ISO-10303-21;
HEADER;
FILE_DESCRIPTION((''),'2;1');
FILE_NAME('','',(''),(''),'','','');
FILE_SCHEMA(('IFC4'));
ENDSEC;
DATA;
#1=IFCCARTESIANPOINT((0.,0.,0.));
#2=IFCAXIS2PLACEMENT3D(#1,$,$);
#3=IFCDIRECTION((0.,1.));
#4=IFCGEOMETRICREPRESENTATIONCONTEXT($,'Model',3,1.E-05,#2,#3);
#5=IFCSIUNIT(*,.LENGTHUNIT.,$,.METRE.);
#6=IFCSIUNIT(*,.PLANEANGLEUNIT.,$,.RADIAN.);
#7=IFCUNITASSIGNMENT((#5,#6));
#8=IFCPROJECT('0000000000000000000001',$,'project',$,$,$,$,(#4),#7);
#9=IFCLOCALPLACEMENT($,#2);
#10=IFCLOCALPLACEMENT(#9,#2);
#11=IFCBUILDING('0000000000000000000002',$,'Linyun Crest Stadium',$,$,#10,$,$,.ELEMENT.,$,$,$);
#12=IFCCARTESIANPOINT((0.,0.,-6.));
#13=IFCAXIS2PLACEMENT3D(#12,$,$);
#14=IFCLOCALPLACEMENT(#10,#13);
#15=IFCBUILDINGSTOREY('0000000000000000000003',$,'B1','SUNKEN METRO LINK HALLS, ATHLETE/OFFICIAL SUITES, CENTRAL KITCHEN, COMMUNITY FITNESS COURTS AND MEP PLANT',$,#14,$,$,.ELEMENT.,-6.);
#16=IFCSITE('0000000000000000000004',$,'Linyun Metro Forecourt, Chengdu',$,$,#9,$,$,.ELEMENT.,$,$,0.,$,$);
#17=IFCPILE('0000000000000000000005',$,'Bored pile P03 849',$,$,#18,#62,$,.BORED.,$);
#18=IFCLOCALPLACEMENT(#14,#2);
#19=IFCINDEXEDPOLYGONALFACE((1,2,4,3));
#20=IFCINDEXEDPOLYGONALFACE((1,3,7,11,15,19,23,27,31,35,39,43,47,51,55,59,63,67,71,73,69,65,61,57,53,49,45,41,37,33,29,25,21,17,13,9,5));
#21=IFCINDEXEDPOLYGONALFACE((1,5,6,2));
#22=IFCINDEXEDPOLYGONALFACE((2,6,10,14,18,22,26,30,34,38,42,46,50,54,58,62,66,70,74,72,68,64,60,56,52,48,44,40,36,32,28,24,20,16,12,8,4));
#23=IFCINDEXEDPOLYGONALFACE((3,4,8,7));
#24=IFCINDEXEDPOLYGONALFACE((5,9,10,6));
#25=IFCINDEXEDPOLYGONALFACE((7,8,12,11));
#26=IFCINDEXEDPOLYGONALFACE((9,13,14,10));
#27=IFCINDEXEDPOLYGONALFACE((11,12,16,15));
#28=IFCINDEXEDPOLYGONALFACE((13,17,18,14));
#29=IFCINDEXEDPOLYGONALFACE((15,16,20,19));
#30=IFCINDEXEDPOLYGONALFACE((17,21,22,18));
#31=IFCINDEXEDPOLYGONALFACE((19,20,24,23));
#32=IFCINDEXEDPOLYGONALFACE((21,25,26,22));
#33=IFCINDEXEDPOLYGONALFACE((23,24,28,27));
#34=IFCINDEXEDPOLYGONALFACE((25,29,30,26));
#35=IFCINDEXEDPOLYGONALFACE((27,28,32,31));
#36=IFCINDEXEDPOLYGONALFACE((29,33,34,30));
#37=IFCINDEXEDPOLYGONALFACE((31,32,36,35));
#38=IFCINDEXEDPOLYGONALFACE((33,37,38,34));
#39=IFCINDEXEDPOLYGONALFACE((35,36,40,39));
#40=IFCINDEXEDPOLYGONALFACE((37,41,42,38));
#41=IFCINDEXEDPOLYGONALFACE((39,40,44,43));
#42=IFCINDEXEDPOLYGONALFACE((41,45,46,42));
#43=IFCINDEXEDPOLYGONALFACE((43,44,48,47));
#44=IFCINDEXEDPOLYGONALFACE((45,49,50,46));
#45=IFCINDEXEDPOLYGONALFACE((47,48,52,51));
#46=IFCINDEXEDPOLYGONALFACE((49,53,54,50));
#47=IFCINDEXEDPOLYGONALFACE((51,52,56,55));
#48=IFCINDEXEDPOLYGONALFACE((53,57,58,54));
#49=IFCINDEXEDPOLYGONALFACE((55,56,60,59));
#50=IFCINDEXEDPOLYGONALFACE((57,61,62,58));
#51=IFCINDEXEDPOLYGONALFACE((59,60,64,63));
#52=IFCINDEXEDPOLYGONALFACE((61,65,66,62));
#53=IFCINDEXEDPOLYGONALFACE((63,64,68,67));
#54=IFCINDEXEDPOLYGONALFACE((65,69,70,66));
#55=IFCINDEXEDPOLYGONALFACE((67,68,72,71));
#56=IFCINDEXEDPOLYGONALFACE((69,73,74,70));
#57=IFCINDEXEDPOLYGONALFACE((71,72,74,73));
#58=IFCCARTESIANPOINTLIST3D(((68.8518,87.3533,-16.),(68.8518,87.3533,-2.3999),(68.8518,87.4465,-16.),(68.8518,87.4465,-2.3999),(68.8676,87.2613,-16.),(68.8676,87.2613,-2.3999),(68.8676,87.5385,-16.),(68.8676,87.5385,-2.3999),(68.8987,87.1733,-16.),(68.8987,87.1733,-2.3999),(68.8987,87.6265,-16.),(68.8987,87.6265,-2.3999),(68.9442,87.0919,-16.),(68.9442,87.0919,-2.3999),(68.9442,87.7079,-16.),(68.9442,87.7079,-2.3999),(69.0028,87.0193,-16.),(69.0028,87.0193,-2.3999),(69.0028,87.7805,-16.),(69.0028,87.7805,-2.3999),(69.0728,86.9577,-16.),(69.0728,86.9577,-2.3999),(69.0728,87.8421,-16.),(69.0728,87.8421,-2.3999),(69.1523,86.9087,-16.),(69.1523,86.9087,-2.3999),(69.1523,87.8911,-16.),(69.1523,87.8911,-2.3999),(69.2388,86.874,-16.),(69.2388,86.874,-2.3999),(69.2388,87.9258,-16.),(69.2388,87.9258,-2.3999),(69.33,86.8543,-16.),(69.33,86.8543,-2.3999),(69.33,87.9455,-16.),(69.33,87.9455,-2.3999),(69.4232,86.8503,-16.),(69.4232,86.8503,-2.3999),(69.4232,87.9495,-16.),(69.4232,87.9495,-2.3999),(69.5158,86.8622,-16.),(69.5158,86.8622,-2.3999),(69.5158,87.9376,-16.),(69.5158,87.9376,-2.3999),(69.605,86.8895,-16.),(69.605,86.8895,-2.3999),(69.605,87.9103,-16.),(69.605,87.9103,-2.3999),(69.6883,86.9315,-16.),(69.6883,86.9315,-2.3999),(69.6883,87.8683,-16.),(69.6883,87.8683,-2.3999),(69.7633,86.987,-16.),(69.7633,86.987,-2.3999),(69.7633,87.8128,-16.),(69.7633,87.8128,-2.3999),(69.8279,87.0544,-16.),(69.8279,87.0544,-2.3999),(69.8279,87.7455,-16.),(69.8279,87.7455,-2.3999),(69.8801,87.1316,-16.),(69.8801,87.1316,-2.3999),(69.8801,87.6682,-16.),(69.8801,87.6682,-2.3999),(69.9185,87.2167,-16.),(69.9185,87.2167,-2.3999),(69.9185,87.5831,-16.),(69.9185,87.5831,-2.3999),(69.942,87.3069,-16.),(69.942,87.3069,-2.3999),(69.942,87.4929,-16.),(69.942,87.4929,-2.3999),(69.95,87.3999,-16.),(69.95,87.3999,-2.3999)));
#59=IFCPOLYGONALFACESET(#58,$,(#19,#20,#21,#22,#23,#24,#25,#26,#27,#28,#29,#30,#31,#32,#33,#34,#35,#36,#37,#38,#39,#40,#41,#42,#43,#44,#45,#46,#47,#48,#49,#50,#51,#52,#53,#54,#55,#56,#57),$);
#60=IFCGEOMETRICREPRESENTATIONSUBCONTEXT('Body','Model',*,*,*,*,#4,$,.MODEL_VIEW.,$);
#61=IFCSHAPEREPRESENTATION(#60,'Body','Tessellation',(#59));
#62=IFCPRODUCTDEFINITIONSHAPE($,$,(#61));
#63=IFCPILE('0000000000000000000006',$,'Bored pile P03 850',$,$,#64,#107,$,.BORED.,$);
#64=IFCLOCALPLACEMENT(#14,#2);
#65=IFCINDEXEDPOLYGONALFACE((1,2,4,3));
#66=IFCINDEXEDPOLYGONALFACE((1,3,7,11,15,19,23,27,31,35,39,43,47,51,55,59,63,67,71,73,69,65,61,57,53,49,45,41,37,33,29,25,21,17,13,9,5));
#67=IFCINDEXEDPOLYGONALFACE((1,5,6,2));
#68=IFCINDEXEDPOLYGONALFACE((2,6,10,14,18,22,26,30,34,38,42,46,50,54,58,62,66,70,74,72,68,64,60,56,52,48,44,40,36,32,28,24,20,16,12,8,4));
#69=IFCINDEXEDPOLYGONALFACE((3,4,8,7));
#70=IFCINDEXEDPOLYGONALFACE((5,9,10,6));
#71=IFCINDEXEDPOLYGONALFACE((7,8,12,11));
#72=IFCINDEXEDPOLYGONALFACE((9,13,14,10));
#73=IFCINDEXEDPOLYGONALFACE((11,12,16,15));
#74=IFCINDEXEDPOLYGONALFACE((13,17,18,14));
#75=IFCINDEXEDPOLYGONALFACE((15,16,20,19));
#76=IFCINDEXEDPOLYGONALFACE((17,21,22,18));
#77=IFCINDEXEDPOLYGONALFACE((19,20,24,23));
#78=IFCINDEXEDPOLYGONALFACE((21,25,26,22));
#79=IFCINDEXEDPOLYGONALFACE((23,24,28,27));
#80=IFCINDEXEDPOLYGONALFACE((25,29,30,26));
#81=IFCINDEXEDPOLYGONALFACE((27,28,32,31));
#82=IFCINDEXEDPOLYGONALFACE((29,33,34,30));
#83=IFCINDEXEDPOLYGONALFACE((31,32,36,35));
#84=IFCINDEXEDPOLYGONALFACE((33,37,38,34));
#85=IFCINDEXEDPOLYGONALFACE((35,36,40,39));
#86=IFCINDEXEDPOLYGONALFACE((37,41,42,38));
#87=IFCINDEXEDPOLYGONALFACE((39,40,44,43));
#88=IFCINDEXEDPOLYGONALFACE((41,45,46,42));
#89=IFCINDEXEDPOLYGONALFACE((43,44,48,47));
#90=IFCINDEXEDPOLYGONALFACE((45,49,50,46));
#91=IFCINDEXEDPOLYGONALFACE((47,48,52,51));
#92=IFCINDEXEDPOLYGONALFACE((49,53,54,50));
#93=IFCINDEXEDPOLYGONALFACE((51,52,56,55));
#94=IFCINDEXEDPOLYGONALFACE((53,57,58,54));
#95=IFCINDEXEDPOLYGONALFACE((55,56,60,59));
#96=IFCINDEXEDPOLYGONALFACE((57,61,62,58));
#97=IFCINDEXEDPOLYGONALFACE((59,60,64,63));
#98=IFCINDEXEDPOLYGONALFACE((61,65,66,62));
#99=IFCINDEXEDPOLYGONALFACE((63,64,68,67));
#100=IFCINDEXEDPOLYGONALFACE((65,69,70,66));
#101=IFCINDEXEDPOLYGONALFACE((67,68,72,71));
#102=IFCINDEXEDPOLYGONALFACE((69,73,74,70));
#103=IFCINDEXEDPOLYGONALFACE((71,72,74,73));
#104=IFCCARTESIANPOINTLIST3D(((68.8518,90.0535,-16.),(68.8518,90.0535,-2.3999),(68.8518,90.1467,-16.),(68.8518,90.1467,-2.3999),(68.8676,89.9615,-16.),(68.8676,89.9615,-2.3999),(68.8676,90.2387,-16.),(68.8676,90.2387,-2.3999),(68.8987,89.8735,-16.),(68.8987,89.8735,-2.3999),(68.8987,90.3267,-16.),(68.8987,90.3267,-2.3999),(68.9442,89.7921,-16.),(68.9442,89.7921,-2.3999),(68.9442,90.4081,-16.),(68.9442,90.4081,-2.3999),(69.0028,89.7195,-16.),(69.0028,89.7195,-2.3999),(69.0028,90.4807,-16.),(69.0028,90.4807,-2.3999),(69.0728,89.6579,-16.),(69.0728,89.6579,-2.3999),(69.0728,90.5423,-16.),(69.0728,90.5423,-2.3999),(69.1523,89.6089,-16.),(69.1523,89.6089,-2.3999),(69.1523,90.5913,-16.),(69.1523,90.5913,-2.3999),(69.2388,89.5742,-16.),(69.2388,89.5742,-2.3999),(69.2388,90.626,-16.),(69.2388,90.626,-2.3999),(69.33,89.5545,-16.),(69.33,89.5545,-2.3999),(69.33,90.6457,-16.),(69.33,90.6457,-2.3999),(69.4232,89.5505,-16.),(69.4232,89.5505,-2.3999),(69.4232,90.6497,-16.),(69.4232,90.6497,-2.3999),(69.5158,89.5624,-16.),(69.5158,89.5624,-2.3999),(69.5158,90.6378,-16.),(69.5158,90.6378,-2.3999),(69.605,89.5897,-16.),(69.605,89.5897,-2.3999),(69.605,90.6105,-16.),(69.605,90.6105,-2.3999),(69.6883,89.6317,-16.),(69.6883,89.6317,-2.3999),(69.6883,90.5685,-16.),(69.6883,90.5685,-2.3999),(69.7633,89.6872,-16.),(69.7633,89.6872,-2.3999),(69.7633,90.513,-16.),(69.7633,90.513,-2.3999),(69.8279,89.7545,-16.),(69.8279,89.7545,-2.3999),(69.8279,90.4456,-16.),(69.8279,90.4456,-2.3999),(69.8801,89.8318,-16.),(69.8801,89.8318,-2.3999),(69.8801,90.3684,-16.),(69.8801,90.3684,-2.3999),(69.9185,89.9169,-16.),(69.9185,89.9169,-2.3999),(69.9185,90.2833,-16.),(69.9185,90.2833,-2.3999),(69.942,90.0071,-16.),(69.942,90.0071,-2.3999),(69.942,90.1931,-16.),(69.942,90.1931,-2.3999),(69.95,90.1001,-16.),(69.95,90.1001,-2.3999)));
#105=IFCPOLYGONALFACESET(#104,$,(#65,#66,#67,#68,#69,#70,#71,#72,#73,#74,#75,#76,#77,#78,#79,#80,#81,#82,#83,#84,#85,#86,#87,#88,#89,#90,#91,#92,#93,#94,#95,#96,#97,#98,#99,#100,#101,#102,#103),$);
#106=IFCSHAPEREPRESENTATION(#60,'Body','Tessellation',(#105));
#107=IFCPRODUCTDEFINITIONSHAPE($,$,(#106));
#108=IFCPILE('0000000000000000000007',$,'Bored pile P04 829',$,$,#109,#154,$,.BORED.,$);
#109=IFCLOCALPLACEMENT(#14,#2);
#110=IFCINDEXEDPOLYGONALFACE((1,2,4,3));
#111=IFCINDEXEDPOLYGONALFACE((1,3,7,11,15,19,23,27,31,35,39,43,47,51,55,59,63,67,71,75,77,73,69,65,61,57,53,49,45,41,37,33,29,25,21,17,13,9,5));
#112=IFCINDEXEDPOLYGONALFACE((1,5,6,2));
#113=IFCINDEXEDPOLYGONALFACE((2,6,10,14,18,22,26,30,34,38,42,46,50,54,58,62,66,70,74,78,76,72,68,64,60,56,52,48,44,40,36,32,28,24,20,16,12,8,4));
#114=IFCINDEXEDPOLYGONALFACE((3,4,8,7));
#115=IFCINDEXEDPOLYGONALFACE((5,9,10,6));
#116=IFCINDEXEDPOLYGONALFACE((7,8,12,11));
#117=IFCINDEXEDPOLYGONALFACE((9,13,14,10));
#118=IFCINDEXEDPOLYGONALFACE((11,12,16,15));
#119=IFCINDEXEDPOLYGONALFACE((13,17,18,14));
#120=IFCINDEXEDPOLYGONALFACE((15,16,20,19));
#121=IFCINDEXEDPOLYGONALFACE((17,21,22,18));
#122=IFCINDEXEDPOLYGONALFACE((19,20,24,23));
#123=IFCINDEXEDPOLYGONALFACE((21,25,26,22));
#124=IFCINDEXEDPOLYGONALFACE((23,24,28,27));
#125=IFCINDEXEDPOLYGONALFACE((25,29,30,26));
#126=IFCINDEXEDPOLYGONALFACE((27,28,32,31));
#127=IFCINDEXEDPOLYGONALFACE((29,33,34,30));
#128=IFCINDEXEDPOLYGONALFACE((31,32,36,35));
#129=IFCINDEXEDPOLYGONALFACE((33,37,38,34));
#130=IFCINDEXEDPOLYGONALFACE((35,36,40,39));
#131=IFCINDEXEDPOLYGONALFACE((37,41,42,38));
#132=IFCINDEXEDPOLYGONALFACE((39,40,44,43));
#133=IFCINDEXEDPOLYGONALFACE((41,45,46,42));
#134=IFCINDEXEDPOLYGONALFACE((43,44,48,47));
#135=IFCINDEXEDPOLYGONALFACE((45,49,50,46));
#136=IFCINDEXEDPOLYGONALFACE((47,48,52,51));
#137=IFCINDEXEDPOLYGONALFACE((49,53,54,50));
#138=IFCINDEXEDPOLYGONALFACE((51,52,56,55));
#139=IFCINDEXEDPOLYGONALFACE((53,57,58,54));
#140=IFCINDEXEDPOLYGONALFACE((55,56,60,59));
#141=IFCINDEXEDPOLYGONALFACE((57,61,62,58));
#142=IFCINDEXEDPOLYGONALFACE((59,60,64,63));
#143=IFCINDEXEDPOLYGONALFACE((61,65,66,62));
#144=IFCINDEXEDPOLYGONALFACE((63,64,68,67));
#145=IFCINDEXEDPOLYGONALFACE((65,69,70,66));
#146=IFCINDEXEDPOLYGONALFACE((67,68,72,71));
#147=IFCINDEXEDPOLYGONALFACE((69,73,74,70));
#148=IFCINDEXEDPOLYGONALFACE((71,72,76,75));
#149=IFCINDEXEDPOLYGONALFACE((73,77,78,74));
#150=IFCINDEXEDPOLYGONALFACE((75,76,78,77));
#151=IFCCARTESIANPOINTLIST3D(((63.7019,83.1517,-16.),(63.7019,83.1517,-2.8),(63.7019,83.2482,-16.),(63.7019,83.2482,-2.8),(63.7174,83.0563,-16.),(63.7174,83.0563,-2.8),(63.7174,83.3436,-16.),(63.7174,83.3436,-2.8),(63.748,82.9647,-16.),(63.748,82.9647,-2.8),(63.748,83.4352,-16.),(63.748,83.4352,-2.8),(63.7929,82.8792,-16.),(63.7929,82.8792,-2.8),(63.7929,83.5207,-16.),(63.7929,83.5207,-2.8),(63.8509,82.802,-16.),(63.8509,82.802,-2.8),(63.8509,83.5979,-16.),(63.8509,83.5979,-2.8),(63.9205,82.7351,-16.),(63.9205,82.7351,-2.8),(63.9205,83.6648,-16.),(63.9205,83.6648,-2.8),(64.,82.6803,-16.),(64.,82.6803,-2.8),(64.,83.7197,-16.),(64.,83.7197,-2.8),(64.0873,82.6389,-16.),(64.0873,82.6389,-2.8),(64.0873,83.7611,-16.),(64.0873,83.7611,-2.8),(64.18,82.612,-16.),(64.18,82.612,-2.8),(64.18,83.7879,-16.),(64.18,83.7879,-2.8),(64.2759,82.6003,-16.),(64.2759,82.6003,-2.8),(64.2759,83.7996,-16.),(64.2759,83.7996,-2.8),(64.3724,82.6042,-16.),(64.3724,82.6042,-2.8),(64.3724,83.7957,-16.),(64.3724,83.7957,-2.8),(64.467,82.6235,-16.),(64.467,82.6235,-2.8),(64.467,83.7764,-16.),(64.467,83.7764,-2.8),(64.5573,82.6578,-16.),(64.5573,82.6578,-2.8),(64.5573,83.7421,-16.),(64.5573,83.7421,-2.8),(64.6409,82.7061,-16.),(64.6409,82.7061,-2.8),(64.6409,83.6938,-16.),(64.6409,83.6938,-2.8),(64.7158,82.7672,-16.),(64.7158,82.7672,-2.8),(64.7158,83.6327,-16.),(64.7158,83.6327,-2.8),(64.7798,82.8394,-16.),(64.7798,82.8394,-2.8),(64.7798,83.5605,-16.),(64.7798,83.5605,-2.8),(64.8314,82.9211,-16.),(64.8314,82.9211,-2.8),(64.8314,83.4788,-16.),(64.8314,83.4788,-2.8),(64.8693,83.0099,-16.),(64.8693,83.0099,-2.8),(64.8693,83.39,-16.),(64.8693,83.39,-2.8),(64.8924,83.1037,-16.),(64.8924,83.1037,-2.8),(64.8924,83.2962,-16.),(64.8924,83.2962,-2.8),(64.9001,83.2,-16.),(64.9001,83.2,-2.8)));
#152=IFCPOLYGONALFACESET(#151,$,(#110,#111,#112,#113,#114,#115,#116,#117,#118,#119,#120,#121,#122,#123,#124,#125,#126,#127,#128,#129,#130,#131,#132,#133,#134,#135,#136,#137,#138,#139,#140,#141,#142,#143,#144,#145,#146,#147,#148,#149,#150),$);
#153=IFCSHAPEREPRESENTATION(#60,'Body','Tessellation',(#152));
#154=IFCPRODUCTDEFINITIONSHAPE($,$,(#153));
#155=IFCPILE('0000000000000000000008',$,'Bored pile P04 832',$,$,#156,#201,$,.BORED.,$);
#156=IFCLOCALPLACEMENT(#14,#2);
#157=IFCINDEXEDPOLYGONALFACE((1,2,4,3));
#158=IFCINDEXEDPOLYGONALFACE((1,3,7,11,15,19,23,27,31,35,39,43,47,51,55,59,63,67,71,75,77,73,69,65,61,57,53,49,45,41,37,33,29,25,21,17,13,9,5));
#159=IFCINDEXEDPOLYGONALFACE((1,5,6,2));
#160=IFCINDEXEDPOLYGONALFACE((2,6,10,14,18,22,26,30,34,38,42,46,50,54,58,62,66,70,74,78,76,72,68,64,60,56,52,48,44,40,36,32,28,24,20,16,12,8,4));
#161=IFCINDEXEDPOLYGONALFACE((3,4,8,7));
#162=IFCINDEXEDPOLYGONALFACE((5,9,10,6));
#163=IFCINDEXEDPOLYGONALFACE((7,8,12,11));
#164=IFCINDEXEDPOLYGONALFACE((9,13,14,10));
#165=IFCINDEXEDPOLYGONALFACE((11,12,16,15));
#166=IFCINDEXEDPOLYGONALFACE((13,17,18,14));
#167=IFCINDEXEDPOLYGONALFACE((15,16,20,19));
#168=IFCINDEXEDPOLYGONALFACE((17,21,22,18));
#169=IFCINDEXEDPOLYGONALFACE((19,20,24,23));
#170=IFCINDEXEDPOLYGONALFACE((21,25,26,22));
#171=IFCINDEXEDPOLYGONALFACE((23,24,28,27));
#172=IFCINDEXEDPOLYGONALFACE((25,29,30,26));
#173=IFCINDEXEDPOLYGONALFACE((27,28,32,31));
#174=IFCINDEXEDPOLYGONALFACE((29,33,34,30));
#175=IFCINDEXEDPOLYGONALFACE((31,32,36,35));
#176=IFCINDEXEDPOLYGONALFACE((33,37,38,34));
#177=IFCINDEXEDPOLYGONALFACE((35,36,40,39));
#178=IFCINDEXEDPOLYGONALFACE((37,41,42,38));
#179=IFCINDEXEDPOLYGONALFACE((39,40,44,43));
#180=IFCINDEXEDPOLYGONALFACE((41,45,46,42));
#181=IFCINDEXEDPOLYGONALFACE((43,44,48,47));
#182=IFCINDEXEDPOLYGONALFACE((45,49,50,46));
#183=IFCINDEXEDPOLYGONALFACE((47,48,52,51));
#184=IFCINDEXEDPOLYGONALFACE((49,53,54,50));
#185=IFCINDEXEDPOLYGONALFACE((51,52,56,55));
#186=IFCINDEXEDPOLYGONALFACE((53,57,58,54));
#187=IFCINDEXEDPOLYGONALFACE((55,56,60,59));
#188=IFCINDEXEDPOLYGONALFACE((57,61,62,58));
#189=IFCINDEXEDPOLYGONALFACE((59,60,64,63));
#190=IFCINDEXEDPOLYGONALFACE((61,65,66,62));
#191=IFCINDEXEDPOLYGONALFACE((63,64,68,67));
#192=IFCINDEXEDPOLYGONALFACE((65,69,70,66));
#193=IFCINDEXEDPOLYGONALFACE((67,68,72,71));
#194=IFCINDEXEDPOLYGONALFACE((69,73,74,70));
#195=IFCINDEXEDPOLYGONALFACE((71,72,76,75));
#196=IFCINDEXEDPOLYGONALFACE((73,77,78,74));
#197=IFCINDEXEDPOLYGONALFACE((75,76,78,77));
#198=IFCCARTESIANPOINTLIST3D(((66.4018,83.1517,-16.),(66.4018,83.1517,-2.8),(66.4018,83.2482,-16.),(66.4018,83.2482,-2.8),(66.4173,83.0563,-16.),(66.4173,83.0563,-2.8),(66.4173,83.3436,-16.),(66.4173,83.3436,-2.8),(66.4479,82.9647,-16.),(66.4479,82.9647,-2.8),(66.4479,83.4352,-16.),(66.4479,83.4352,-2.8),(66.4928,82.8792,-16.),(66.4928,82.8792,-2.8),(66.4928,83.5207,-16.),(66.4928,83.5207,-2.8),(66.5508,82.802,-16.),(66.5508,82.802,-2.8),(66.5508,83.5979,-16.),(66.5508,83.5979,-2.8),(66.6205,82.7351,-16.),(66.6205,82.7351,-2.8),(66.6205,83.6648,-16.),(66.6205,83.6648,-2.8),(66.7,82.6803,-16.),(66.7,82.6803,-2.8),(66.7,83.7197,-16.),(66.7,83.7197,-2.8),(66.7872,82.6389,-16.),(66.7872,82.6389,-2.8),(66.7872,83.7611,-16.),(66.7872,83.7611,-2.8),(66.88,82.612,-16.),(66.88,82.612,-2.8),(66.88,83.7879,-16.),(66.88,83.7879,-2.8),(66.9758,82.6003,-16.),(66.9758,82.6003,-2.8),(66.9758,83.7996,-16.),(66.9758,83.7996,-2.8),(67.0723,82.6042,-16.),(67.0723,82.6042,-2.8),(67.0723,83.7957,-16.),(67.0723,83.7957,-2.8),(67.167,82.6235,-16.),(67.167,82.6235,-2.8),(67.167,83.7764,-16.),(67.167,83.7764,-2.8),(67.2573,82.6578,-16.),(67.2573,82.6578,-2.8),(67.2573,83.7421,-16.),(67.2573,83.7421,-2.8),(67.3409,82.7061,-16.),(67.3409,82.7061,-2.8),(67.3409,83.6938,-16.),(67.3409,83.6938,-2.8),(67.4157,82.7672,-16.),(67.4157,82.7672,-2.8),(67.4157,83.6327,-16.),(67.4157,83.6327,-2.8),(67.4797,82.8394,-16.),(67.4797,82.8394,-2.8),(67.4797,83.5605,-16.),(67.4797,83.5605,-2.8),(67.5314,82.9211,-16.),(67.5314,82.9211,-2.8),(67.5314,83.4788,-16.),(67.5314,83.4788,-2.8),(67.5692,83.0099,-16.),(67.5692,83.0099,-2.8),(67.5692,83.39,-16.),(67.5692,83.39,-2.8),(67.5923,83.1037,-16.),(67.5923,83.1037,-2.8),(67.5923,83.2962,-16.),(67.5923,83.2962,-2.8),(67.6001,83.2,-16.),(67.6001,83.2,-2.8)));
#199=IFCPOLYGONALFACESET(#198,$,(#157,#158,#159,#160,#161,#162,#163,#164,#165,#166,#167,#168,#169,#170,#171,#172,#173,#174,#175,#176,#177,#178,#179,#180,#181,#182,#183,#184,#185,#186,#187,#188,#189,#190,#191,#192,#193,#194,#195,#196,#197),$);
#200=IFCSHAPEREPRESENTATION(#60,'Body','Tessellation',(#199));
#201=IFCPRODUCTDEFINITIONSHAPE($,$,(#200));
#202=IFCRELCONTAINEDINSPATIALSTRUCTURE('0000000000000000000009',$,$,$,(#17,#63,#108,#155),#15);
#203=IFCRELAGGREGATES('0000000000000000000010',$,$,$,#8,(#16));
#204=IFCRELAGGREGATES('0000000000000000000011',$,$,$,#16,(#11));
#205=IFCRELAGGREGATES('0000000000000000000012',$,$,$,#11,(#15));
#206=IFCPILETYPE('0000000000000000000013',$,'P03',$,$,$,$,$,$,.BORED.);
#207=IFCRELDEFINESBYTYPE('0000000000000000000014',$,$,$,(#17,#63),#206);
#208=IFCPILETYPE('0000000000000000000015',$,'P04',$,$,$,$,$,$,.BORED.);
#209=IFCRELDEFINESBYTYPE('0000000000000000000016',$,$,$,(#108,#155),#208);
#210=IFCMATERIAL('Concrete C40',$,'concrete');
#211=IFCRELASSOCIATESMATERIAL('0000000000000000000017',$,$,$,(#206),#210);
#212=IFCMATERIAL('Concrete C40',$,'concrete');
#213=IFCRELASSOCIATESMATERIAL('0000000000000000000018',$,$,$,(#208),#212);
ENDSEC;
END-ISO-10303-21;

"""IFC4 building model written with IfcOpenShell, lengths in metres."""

from ifc_helpers import new_model, si_unit, direction, frame, origin, origin_2d, place, context, subcontext, project, spatial, circle, extrude, material, material_profile, profile_set, type_object, element, save


model = new_model("IFC4")

# Units and contexts
model_context = context("Model", 3, precision=1e-05, world=origin(), true_north=direction((0.0, 1.0)))
body_context = subcontext(model_context, "Body", "Model", "MODEL_VIEW")
ifc_project = project(units=[si_unit("LENGTHUNIT", "METRE"), si_unit("PLANEANGLEUNIT", "RADIAN")], contexts=[model_context])

# Site, building, storey
site_placement = place(None, origin())
site = spatial("IfcSite", under=ifc_project, at=site_placement, Name="Linyun Metro Forecourt, Chengdu", CompositionType="ELEMENT", RefElevation=0.0)
building_placement = place(site_placement, origin())
building = spatial("IfcBuilding", under=site, at=building_placement, Name="Linyun Crest Stadium", CompositionType="ELEMENT")
storey_placement = place(building_placement, frame((0.0, 0.0, -6.0)))
storey = spatial("IfcBuildingStorey", under=building, at=storey_placement, Name="B1", Description="SUNKEN METRO LINK HALLS, ATHLETE/OFFICIAL SUITES, CENTRAL KITCHEN, COMMUNITY FITNESS COURTS AND MEP PLANT", CompositionType="ELEMENT", Elevation=-6.0)

# Piles
ifc_material_1 = material(Name="Concrete C40", Category="concrete")
ifc_material_profile_1 = material_profile(ifc_material_1, circle(Radius=0.55, at=origin_2d()), Name="BORED PILE 1100")
ifc_profile_set_1 = profile_set([ifc_material_profile_1], Name="Concrete C40")
pile_type_1 = type_object("IfcPileType", Name="P03", PredefinedType="BORED", material=ifc_profile_set_1)
for number, where, z_axis, x_axis, name in (
    (1, (69.3999, 87.3999, -2.3999), (0.0, 0.0, -1.0), (1.0, 0.0, 0.0), "Bored pile P03 849"),
    (2, (69.3999, 90.1001, -2.3999), (0.0, 0.0, -1.0), (1.0, 0.0, 0.0), "Bored pile P03 850"),
):
    element("IfcPile", number, at=place(storey_placement, frame(where, z_axis=z_axis, x_axis=x_axis)), inside=storey, type_object=pile_type_1, Name=name, PredefinedType="BORED", context=body_context, shape_type="SweptSolid", body=[
        extrude(circle(Radius=0.55, at=origin_2d()), origin(), (0.0, 0.0, 1.0), 13.6001),
    ])
ifc_material_2 = material(Name="Concrete C40", Category="concrete")
ifc_material_profile_2 = material_profile(ifc_material_2, circle(Radius=0.6001, at=origin_2d()), Name="BORED PILE 1200")
ifc_profile_set_2 = profile_set([ifc_material_profile_2], Name="Concrete C40")
pile_type_2 = type_object("IfcPileType", Name="P04", PredefinedType="BORED", material=ifc_profile_set_2)
for number, where, z_axis, x_axis, name in (
    (3, (64.3, 83.2, -2.8), (0.0, 0.0, -1.0), (1.0, 0.0, 0.0), "Bored pile P04 829"),
    (4, (67.0, 83.2, -2.8), (0.0, 0.0, -1.0), (1.0, 0.0, 0.0), "Bored pile P04 832"),
):
    element("IfcPile", number, at=place(storey_placement, frame(where, z_axis=z_axis, x_axis=x_axis)), inside=storey, type_object=pile_type_2, Name=name, PredefinedType="BORED", context=body_context, shape_type="SweptSolid", body=[
        extrude(circle(Radius=0.6001, at=origin_2d()), origin(), (0.0, 0.0, 1.0), 13.2),
    ])

save(model, "model.ifc")
